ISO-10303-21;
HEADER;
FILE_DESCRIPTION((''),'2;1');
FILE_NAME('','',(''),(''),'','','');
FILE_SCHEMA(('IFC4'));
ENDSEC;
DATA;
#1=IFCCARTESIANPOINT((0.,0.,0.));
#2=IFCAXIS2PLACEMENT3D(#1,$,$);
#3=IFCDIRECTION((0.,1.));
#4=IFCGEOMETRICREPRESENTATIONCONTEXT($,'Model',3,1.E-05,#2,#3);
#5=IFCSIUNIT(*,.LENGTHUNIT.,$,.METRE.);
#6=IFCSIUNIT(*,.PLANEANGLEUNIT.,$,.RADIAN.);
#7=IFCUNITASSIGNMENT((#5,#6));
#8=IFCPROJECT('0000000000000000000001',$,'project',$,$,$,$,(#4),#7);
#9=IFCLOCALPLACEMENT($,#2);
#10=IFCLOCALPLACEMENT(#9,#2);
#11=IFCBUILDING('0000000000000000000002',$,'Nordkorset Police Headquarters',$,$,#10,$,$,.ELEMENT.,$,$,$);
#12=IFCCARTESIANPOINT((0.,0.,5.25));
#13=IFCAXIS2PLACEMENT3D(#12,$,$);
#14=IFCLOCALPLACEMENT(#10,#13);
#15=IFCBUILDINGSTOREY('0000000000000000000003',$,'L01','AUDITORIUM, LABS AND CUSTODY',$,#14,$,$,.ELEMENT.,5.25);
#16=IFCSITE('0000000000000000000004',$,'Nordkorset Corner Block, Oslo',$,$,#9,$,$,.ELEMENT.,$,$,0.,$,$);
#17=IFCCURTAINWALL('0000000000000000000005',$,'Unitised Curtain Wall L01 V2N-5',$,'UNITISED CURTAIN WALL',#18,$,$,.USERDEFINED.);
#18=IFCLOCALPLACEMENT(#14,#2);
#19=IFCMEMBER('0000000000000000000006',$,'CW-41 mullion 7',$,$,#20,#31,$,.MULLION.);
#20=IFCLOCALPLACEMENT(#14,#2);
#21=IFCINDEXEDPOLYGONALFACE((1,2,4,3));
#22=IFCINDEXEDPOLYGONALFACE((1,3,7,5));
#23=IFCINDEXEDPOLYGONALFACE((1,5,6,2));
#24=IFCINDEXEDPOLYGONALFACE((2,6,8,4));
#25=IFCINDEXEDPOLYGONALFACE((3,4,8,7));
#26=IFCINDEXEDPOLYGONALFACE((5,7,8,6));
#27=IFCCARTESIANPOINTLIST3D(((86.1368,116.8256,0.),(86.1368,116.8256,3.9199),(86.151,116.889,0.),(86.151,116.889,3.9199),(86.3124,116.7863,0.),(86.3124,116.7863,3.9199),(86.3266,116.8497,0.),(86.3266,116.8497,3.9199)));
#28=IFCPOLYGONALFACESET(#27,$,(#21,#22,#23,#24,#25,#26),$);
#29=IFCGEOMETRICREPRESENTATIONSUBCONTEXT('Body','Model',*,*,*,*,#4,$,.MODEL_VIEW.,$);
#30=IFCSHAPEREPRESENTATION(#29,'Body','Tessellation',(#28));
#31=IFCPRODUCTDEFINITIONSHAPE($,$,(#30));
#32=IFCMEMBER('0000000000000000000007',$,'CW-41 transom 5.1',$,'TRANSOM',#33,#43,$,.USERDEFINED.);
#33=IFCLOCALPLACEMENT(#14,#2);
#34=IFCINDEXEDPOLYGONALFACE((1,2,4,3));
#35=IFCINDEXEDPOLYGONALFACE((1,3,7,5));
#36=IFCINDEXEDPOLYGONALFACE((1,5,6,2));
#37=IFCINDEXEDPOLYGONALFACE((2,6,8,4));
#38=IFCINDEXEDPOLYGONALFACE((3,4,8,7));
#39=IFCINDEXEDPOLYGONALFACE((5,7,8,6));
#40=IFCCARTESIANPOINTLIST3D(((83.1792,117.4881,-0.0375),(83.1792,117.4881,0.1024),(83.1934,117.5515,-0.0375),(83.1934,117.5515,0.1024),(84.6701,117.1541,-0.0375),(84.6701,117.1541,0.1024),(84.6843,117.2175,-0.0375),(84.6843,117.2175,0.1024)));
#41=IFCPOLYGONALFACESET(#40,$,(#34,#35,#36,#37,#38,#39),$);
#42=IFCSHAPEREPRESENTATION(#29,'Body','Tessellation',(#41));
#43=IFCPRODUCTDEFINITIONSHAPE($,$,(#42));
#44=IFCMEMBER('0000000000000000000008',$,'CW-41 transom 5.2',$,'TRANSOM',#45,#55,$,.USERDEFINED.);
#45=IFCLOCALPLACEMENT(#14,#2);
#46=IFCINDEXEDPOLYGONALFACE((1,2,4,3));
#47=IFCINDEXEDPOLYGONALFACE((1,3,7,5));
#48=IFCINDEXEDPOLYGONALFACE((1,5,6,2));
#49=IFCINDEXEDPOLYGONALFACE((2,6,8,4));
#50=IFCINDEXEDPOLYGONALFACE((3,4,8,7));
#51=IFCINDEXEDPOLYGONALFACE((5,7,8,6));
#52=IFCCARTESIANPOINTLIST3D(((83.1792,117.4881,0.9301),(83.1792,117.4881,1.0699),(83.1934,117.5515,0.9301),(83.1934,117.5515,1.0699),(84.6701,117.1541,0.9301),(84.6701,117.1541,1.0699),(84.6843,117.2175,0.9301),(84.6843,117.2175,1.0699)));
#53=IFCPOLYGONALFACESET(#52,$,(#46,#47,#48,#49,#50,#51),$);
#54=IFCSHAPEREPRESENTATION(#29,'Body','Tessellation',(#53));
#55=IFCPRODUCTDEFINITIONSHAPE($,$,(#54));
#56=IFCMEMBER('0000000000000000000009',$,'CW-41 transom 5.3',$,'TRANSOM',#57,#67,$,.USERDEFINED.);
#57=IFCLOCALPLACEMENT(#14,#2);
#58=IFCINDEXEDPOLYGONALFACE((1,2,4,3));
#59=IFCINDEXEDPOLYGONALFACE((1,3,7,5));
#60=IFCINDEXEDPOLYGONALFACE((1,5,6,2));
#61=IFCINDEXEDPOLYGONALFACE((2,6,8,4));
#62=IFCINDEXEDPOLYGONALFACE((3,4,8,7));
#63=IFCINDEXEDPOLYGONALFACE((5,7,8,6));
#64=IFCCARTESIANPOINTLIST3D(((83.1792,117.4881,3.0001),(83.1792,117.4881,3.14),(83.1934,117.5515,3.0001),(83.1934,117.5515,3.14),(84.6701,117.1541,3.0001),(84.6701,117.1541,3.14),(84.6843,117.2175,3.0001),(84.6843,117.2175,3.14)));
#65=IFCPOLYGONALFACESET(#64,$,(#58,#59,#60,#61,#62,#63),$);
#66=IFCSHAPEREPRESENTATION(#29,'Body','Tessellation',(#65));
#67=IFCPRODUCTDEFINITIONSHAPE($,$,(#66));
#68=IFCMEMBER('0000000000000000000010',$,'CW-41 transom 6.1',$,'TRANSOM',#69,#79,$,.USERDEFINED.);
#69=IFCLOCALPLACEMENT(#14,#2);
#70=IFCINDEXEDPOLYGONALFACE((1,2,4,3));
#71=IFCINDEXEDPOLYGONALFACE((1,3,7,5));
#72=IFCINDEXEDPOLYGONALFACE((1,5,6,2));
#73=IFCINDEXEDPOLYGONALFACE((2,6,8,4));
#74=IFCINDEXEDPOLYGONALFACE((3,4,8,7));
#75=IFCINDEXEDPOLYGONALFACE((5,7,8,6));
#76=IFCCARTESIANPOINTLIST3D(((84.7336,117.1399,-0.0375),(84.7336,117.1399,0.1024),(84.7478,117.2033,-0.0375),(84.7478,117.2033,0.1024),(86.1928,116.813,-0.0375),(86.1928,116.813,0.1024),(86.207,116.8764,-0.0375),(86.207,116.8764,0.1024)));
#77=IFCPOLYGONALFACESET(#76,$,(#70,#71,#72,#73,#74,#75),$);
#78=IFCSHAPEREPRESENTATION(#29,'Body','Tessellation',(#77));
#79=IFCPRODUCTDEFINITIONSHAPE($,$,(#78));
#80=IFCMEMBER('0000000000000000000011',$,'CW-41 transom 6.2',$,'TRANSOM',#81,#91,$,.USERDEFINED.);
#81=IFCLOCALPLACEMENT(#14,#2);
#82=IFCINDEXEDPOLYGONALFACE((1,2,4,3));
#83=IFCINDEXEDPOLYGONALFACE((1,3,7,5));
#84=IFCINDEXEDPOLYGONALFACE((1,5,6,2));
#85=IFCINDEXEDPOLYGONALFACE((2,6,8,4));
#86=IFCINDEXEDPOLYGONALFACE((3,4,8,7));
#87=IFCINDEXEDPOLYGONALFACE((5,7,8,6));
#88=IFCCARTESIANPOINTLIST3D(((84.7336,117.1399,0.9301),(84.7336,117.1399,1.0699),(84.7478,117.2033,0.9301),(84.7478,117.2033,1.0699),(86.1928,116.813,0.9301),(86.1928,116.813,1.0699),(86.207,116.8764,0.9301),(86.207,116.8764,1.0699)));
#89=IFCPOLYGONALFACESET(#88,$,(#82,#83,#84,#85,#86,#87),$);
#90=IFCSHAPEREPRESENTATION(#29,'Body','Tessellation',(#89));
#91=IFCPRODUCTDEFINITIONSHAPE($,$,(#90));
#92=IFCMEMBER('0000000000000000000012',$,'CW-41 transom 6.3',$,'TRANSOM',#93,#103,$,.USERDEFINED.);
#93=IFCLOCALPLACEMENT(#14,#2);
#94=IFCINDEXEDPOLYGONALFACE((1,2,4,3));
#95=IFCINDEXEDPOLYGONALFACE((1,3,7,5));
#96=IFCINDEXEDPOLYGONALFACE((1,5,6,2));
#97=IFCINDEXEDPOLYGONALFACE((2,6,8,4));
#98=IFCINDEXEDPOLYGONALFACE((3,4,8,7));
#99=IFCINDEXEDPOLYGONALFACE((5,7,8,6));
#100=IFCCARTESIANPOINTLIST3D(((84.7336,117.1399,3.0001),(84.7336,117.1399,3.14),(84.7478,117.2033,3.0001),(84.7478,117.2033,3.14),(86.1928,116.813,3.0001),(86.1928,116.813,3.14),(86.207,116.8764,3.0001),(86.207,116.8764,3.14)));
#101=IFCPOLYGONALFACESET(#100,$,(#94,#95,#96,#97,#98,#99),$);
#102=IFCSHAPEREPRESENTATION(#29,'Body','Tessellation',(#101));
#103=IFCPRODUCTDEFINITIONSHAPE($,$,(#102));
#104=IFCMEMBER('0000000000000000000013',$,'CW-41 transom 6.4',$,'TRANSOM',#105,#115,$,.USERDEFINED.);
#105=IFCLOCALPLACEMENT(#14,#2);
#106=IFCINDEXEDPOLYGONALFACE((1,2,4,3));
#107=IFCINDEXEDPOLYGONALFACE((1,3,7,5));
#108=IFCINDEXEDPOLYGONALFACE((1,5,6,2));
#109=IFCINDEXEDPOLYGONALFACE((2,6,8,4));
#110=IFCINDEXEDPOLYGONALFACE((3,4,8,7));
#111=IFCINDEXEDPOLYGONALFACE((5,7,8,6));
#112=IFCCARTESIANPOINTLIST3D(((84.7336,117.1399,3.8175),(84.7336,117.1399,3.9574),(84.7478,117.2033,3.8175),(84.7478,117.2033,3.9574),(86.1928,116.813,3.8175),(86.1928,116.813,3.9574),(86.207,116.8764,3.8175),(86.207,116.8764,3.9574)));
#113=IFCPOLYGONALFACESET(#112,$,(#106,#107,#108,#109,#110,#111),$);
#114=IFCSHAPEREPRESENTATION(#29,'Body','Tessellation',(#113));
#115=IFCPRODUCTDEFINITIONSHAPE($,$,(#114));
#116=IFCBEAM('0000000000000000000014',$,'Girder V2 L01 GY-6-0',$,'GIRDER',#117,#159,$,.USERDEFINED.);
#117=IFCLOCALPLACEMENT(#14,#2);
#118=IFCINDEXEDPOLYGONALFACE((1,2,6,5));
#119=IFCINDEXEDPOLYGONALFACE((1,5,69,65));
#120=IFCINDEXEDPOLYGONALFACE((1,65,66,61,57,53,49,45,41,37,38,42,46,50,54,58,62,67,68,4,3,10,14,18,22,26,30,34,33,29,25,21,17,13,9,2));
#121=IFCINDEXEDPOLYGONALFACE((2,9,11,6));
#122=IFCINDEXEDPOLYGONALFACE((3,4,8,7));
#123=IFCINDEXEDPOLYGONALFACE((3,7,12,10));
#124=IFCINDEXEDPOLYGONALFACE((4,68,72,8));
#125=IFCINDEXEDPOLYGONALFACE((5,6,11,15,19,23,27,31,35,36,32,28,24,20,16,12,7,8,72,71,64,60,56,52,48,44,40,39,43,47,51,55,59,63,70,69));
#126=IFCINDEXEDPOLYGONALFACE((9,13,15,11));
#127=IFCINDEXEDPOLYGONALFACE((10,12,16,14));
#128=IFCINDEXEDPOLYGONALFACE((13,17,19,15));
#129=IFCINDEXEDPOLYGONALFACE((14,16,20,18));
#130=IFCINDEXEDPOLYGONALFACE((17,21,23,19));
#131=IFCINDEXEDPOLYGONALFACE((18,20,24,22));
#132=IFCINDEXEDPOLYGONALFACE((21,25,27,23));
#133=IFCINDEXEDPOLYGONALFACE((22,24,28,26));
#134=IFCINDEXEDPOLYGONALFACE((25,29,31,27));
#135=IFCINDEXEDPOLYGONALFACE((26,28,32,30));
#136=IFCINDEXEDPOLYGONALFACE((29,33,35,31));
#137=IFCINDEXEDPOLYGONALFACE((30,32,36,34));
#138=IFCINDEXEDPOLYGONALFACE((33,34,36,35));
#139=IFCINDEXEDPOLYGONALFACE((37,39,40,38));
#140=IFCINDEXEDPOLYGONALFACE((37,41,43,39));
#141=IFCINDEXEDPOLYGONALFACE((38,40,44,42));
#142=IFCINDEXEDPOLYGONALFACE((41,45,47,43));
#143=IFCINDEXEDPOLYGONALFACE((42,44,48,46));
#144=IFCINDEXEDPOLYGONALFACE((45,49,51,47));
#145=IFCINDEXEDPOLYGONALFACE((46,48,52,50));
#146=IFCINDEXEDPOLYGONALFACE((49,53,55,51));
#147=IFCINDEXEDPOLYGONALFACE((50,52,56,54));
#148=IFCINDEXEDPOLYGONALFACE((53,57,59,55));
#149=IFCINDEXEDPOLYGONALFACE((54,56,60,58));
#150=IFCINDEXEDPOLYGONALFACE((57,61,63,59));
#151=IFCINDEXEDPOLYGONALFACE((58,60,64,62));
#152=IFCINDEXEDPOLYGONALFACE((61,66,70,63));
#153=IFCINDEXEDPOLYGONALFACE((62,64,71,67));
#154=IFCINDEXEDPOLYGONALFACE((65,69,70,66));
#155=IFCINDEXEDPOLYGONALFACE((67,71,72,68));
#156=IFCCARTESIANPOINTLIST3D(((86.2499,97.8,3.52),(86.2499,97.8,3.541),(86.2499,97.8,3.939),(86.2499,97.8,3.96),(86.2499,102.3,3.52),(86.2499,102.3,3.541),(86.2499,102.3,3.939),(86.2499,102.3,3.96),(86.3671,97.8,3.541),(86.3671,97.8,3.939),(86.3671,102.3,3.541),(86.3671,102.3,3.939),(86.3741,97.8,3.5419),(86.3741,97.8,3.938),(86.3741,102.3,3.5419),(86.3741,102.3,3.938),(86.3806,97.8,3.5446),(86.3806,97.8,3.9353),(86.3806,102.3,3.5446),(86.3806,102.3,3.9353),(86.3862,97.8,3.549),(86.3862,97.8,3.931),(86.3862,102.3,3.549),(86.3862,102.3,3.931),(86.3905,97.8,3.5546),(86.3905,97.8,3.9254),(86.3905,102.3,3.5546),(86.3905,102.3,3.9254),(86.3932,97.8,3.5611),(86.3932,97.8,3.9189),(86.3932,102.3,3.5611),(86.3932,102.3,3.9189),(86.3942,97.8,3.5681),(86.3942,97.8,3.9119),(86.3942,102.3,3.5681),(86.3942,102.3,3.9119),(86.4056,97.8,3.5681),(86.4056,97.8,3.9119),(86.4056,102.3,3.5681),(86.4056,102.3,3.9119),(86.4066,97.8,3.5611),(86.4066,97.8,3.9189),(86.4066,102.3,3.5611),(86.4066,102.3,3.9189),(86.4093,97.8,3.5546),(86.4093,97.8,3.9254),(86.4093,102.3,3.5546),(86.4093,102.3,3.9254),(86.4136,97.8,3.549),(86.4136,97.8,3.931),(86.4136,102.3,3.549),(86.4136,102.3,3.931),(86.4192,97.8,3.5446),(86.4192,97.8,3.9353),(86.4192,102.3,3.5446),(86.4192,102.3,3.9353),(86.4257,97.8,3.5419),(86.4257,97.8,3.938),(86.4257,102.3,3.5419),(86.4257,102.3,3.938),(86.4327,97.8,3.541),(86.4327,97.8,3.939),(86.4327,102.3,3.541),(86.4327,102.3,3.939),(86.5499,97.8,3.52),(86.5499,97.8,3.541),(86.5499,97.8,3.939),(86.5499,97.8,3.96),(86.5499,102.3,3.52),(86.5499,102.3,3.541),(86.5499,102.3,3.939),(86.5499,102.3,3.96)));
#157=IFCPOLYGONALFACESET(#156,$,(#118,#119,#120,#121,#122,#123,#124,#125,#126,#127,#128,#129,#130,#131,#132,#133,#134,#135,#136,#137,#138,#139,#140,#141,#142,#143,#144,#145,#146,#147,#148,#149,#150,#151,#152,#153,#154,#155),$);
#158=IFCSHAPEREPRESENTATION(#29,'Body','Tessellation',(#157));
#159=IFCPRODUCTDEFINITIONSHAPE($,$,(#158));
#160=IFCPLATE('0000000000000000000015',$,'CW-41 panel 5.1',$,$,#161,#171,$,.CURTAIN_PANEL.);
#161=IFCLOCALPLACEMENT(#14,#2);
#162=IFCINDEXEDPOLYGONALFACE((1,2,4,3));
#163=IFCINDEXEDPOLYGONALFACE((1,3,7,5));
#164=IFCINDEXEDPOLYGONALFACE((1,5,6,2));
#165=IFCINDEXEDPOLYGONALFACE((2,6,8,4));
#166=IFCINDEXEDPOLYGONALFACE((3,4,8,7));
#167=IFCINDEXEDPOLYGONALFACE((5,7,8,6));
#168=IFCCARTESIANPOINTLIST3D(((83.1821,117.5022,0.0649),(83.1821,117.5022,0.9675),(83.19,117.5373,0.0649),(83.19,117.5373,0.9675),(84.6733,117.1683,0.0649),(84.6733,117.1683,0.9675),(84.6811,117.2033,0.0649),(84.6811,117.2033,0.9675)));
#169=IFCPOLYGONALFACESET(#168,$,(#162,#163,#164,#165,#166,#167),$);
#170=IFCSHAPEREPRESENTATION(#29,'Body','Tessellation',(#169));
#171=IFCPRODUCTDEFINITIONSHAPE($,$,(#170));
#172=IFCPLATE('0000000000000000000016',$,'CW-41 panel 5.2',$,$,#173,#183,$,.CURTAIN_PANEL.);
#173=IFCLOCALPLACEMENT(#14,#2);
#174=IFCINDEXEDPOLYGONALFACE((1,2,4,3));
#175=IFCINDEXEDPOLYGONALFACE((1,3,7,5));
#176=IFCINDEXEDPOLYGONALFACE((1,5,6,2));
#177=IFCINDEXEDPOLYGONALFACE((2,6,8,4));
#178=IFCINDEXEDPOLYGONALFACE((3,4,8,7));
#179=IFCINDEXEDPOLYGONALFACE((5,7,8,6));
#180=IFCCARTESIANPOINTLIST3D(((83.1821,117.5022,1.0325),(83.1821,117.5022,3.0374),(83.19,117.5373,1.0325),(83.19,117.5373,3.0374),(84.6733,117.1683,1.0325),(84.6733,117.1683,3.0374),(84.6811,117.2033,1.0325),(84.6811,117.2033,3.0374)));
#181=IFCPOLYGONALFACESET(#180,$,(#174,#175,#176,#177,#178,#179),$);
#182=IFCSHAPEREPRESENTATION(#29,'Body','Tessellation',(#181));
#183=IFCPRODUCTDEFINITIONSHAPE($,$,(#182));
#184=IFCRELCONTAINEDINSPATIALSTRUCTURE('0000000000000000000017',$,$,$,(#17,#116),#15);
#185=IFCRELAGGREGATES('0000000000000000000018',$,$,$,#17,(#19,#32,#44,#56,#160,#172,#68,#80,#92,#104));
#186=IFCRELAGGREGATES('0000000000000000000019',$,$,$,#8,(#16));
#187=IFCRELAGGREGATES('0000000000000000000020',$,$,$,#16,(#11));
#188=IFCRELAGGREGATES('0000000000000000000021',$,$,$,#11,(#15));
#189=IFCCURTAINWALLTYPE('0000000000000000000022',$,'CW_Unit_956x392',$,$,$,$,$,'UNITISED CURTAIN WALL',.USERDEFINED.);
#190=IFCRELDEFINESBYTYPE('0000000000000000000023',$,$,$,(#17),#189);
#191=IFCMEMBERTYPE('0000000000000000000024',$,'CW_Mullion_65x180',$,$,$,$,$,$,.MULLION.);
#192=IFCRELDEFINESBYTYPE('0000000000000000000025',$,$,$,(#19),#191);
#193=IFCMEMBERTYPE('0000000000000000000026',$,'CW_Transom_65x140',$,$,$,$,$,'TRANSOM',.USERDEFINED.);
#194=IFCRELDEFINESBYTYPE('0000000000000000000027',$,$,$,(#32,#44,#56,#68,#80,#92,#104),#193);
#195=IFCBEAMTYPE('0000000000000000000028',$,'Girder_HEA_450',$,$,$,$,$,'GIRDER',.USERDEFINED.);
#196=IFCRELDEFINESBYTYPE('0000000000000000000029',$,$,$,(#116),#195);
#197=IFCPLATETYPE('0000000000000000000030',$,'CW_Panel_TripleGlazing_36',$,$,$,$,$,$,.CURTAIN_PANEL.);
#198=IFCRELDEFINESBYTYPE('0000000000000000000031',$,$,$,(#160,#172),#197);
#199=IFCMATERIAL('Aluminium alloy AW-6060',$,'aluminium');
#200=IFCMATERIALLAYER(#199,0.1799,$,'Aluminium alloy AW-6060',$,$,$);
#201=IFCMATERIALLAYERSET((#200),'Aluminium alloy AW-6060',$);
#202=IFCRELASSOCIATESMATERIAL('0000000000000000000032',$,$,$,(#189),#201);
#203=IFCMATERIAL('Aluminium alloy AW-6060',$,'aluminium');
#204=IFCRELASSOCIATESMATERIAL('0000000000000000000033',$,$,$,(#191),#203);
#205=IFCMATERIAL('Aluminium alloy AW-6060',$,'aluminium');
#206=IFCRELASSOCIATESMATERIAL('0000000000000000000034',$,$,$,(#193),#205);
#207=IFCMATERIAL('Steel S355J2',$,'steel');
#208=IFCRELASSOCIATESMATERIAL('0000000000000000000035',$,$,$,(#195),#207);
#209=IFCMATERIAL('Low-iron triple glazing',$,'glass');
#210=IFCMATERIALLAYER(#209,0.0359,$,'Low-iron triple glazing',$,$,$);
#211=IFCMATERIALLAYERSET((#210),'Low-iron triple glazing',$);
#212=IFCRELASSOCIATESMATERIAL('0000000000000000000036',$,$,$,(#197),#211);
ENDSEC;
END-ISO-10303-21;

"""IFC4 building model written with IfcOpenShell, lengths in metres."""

from ifc_helpers import new_model, si_unit, direction, frame, origin, origin_2d, place, context, subcontext, project, spatial, rectangle, i_section, extrude, material, layer, layer_set, material_profile, profile_set, type_object, element, aggregate, save


model = new_model("IFC4")

# Units and contexts
model_context = context("Model", 3, precision=1e-05, world=origin(), true_north=direction((0.0, 1.0)))
body_context = subcontext(model_context, "Body", "Model", "MODEL_VIEW")
ifc_project = project(units=[si_unit("LENGTHUNIT", "METRE"), si_unit("PLANEANGLEUNIT", "RADIAN")], contexts=[model_context])

# Site, building, storey
site_placement = place(None, origin())
site = spatial("IfcSite", under=ifc_project, at=site_placement, Name="Nordkorset Corner Block, Oslo", CompositionType="ELEMENT", RefElevation=0.0)
building_placement = place(site_placement, origin())
building = spatial("IfcBuilding", under=site, at=building_placement, Name="Nordkorset Police Headquarters", CompositionType="ELEMENT")
storey_placement = place(building_placement, frame((0.0, 0.0, 5.25)))
storey = spatial("IfcBuildingStorey", under=building, at=storey_placement, Name="L01", Description="AUDITORIUM, LABS AND CUSTODY", CompositionType="ELEMENT", Elevation=5.25)

# Curtain wall, members
ifc_material_1 = material(Name="Aluminium alloy AW-6060", Category="aluminium")
ifc_layer_1 = layer(ifc_material_1, 0.1799, Name="Aluminium alloy AW-6060")
ifc_layer_set_1 = layer_set([ifc_layer_1], Name="Aluminium alloy AW-6060")
curtain_wall_type = type_object("IfcCurtainWallType", Name="CW_Unit_956x392", ElementType="UNITISED CURTAIN WALL", PredefinedType="USERDEFINED", material=ifc_layer_set_1)
curtain_wall_placement = place(storey_placement, origin())
curtain_wall = element("IfcCurtainWall", 1, at=curtain_wall_placement, inside=storey, type_object=curtain_wall_type, Name="Unitised Curtain Wall L01 V2N-5", ObjectType="UNITISED CURTAIN WALL", PredefinedType="USERDEFINED")
ifc_material_2 = material(Name="Aluminium alloy AW-6060", Category="aluminium")
ifc_material_profile_1 = material_profile(ifc_material_2, rectangle(XDim=0.0649, YDim=0.1799, at=origin_2d()), Name="ALU MULL 65x180")
ifc_profile_set_1 = profile_set([ifc_material_profile_1], Name="Aluminium alloy AW-6060")
member_type_1 = type_object("IfcMemberType", Name="CW_Mullion_65x180", PredefinedType="MULLION", material=ifc_profile_set_1)
member_1_placement = place(storey_placement, frame((86.2317, 116.8376, 0.0), z_axis=(0.0, 0.0, 1.0), x_axis=(0.218544, 0.975827, 0.0)))
member_1 = element("IfcMember", 2, at=member_1_placement, type_object=member_type_1, Name="CW-41 mullion 7", PredefinedType="MULLION", context=body_context, shape_type="SweptSolid", body=[
    extrude(rectangle(XDim=0.0649, YDim=0.1799, at=origin_2d()), origin(), (0.0, 0.0, 1.0), 3.9199),
])
ifc_material_3 = material(Name="Aluminium alloy AW-6060", Category="aluminium")
ifc_material_profile_2 = material_profile(ifc_material_3, rectangle(XDim=0.0649, YDim=0.1399, at=origin_2d()), Name="ALU TRAN 65x140")
ifc_profile_set_2 = profile_set([ifc_material_profile_2], Name="Aluminium alloy AW-6060")
member_type_2 = type_object("IfcMemberType", Name="CW_Transom_65x140", ElementType="TRANSOM", PredefinedType="USERDEFINED", material=ifc_profile_set_2)
member_2_placement = place(storey_placement, frame((83.1863, 117.5198, 0.0325), z_axis=(0.975817, -0.218588, 0.0), x_axis=(0.218588, 0.975817, 0.0)))
member_2 = element("IfcMember", 3, at=member_2_placement, type_object=member_type_2, Name="CW-41 transom 5.1", ObjectType="TRANSOM", PredefinedType="USERDEFINED", context=body_context, shape_type="SweptSolid", body=[
    extrude(rectangle(XDim=0.0649, YDim=0.1399, at=origin_2d()), origin(), (0.0, 0.0, 1.0), 1.5278),
])
member_3_placement = place(storey_placement, frame((83.1863, 117.5198, 1.0), z_axis=(0.975817, -0.218588, 0.0), x_axis=(0.218588, 0.975817, 0.0)))
member_3 = element("IfcMember", 4, at=member_3_placement, type_object=member_type_2, Name="CW-41 transom 5.2", ObjectType="TRANSOM", PredefinedType="USERDEFINED", context=body_context, shape_type="SweptSolid", body=[
    extrude(rectangle(XDim=0.0649, YDim=0.1399, at=origin_2d()), origin(), (0.0, 0.0, 1.0), 1.5278),
])
member_4_placement = place(storey_placement, frame((83.1863, 117.5198, 3.0701), z_axis=(0.975817, -0.218588, 0.0), x_axis=(0.218588, 0.975817, 0.0)))
member_4 = element("IfcMember", 5, at=member_4_placement, type_object=member_type_2, Name="CW-41 transom 5.3", ObjectType="TRANSOM", PredefinedType="USERDEFINED", context=body_context, shape_type="SweptSolid", body=[
    extrude(rectangle(XDim=0.0649, YDim=0.1399, at=origin_2d()), origin(), (0.0, 0.0, 1.0), 1.5278),
])
member_5_placement = place(storey_placement, frame((84.7407, 117.1716, 0.0325), z_axis=(0.975813, -0.218607, 0.0), x_axis=(0.218607, 0.975813, 0.0)))
member_5 = element("IfcMember", 6, at=member_5_placement, type_object=member_type_2, Name="CW-41 transom 6.1", ObjectType="TRANSOM", PredefinedType="USERDEFINED", context=body_context, shape_type="SweptSolid", body=[
    extrude(rectangle(XDim=0.0649, YDim=0.1399, at=origin_2d()), origin(), (0.0, 0.0, 1.0), 1.4954),
])
member_6_placement = place(storey_placement, frame((84.7407, 117.1716, 1.0), z_axis=(0.975813, -0.218607, 0.0), x_axis=(0.218607, 0.975813, 0.0)))
member_6 = element("IfcMember", 7, at=member_6_placement, type_object=member_type_2, Name="CW-41 transom 6.2", ObjectType="TRANSOM", PredefinedType="USERDEFINED", context=body_context, shape_type="SweptSolid", body=[
    extrude(rectangle(XDim=0.0649, YDim=0.1399, at=origin_2d()), origin(), (0.0, 0.0, 1.0), 1.4954),
])
member_7_placement = place(storey_placement, frame((84.7407, 117.1716, 3.0701), z_axis=(0.975813, -0.218607, 0.0), x_axis=(0.218607, 0.975813, 0.0)))
member_7 = element("IfcMember", 8, at=member_7_placement, type_object=member_type_2, Name="CW-41 transom 6.3", ObjectType="TRANSOM", PredefinedType="USERDEFINED", context=body_context, shape_type="SweptSolid", body=[
    extrude(rectangle(XDim=0.0649, YDim=0.1399, at=origin_2d()), origin(), (0.0, 0.0, 1.0), 1.4954),
])
member_8_placement = place(storey_placement, frame((84.7407, 117.1716, 3.8875), z_axis=(0.975813, -0.218607, 0.0), x_axis=(0.218607, 0.975813, 0.0)))
member_8 = element("IfcMember", 9, at=member_8_placement, type_object=member_type_2, Name="CW-41 transom 6.4", ObjectType="TRANSOM", PredefinedType="USERDEFINED", context=body_context, shape_type="SweptSolid", body=[
    extrude(rectangle(XDim=0.0649, YDim=0.1399, at=origin_2d()), origin(), (0.0, 0.0, 1.0), 1.4954),
])

# Beam
ifc_material_4 = material(Name="Steel S355J2", Category="steel")
ifc_material_profile_3 = material_profile(ifc_material_4, i_section(OverallWidth=0.3, OverallDepth=0.4399, WebThickness=0.0115, FlangeThickness=0.021, FilletRadius=0.0271, at=origin_2d()), Name="HEA 450")
ifc_profile_set_3 = profile_set([ifc_material_profile_3], Name="Steel S355J2")
beam_type = type_object("IfcBeamType", Name="Girder_HEA_450", ElementType="GIRDER", PredefinedType="USERDEFINED", material=ifc_profile_set_3)
beam_placement = place(storey_placement, frame((86.3999, 97.8, 3.74), z_axis=(0.0, 1.0, 0.0), x_axis=(-1.0, 0.0, 0.0)))
element("IfcBeam", 10, at=beam_placement, inside=storey, type_object=beam_type, Name="Girder V2 L01 GY-6-0", ObjectType="GIRDER", PredefinedType="USERDEFINED", context=body_context, shape_type="SweptSolid", body=[
    extrude(i_section(OverallWidth=0.3, OverallDepth=0.4399, WebThickness=0.0115, FlangeThickness=0.021, FilletRadius=0.0271, at=origin_2d()), origin(), (0.0, 0.0, 1.0), 4.5),
])

# Plates
ifc_material_5 = material(Name="Low-iron triple glazing", Category="glass")
ifc_layer_2 = layer(ifc_material_5, 0.0359, Name="Low-iron triple glazing")
ifc_layer_set_2 = layer_set([ifc_layer_2], Name="Low-iron triple glazing")
plate_type_1 = type_object("IfcPlateType", Name="CW_Panel_TripleGlazing_36", PredefinedType="CURTAIN_PANEL", material=ifc_layer_set_2)
plate_1_placement = place(storey_placement, frame((83.9316, 117.3528, 0.0649), z_axis=(0.0, 0.0, 1.0), x_axis=(0.975827, -0.218544, 0.0)))
plate_1 = element("IfcPlate", 11, at=plate_1_placement, type_object=plate_type_1, Name="CW-41 panel 5.1", PredefinedType="CURTAIN_PANEL", context=body_context, shape_type="SweptSolid", body=[
    extrude(rectangle(XDim=1.5281, YDim=0.0359, at=origin_2d()), origin(), (0.0, 0.0, 1.0), 0.9026),
])
plate_2_placement = place(storey_placement, frame((83.9316, 117.3528, 1.0325), z_axis=(0.0, 0.0, 1.0), x_axis=(0.975827, -0.218544, 0.0)))
plate_2 = element("IfcPlate", 12, at=plate_2_placement, type_object=plate_type_1, Name="CW-41 panel 5.2", PredefinedType="CURTAIN_PANEL", context=body_context, shape_type="SweptSolid", body=[
    extrude(rectangle(XDim=1.5281, YDim=0.0359, at=origin_2d()), origin(), (0.0, 0.0, 1.0), 2.0049),
])
aggregate(curtain_wall, [member_1, member_2, member_3, member_4, plate_1, plate_2, member_5, member_6, member_7, member_8])

save(model, "model.ifc")
